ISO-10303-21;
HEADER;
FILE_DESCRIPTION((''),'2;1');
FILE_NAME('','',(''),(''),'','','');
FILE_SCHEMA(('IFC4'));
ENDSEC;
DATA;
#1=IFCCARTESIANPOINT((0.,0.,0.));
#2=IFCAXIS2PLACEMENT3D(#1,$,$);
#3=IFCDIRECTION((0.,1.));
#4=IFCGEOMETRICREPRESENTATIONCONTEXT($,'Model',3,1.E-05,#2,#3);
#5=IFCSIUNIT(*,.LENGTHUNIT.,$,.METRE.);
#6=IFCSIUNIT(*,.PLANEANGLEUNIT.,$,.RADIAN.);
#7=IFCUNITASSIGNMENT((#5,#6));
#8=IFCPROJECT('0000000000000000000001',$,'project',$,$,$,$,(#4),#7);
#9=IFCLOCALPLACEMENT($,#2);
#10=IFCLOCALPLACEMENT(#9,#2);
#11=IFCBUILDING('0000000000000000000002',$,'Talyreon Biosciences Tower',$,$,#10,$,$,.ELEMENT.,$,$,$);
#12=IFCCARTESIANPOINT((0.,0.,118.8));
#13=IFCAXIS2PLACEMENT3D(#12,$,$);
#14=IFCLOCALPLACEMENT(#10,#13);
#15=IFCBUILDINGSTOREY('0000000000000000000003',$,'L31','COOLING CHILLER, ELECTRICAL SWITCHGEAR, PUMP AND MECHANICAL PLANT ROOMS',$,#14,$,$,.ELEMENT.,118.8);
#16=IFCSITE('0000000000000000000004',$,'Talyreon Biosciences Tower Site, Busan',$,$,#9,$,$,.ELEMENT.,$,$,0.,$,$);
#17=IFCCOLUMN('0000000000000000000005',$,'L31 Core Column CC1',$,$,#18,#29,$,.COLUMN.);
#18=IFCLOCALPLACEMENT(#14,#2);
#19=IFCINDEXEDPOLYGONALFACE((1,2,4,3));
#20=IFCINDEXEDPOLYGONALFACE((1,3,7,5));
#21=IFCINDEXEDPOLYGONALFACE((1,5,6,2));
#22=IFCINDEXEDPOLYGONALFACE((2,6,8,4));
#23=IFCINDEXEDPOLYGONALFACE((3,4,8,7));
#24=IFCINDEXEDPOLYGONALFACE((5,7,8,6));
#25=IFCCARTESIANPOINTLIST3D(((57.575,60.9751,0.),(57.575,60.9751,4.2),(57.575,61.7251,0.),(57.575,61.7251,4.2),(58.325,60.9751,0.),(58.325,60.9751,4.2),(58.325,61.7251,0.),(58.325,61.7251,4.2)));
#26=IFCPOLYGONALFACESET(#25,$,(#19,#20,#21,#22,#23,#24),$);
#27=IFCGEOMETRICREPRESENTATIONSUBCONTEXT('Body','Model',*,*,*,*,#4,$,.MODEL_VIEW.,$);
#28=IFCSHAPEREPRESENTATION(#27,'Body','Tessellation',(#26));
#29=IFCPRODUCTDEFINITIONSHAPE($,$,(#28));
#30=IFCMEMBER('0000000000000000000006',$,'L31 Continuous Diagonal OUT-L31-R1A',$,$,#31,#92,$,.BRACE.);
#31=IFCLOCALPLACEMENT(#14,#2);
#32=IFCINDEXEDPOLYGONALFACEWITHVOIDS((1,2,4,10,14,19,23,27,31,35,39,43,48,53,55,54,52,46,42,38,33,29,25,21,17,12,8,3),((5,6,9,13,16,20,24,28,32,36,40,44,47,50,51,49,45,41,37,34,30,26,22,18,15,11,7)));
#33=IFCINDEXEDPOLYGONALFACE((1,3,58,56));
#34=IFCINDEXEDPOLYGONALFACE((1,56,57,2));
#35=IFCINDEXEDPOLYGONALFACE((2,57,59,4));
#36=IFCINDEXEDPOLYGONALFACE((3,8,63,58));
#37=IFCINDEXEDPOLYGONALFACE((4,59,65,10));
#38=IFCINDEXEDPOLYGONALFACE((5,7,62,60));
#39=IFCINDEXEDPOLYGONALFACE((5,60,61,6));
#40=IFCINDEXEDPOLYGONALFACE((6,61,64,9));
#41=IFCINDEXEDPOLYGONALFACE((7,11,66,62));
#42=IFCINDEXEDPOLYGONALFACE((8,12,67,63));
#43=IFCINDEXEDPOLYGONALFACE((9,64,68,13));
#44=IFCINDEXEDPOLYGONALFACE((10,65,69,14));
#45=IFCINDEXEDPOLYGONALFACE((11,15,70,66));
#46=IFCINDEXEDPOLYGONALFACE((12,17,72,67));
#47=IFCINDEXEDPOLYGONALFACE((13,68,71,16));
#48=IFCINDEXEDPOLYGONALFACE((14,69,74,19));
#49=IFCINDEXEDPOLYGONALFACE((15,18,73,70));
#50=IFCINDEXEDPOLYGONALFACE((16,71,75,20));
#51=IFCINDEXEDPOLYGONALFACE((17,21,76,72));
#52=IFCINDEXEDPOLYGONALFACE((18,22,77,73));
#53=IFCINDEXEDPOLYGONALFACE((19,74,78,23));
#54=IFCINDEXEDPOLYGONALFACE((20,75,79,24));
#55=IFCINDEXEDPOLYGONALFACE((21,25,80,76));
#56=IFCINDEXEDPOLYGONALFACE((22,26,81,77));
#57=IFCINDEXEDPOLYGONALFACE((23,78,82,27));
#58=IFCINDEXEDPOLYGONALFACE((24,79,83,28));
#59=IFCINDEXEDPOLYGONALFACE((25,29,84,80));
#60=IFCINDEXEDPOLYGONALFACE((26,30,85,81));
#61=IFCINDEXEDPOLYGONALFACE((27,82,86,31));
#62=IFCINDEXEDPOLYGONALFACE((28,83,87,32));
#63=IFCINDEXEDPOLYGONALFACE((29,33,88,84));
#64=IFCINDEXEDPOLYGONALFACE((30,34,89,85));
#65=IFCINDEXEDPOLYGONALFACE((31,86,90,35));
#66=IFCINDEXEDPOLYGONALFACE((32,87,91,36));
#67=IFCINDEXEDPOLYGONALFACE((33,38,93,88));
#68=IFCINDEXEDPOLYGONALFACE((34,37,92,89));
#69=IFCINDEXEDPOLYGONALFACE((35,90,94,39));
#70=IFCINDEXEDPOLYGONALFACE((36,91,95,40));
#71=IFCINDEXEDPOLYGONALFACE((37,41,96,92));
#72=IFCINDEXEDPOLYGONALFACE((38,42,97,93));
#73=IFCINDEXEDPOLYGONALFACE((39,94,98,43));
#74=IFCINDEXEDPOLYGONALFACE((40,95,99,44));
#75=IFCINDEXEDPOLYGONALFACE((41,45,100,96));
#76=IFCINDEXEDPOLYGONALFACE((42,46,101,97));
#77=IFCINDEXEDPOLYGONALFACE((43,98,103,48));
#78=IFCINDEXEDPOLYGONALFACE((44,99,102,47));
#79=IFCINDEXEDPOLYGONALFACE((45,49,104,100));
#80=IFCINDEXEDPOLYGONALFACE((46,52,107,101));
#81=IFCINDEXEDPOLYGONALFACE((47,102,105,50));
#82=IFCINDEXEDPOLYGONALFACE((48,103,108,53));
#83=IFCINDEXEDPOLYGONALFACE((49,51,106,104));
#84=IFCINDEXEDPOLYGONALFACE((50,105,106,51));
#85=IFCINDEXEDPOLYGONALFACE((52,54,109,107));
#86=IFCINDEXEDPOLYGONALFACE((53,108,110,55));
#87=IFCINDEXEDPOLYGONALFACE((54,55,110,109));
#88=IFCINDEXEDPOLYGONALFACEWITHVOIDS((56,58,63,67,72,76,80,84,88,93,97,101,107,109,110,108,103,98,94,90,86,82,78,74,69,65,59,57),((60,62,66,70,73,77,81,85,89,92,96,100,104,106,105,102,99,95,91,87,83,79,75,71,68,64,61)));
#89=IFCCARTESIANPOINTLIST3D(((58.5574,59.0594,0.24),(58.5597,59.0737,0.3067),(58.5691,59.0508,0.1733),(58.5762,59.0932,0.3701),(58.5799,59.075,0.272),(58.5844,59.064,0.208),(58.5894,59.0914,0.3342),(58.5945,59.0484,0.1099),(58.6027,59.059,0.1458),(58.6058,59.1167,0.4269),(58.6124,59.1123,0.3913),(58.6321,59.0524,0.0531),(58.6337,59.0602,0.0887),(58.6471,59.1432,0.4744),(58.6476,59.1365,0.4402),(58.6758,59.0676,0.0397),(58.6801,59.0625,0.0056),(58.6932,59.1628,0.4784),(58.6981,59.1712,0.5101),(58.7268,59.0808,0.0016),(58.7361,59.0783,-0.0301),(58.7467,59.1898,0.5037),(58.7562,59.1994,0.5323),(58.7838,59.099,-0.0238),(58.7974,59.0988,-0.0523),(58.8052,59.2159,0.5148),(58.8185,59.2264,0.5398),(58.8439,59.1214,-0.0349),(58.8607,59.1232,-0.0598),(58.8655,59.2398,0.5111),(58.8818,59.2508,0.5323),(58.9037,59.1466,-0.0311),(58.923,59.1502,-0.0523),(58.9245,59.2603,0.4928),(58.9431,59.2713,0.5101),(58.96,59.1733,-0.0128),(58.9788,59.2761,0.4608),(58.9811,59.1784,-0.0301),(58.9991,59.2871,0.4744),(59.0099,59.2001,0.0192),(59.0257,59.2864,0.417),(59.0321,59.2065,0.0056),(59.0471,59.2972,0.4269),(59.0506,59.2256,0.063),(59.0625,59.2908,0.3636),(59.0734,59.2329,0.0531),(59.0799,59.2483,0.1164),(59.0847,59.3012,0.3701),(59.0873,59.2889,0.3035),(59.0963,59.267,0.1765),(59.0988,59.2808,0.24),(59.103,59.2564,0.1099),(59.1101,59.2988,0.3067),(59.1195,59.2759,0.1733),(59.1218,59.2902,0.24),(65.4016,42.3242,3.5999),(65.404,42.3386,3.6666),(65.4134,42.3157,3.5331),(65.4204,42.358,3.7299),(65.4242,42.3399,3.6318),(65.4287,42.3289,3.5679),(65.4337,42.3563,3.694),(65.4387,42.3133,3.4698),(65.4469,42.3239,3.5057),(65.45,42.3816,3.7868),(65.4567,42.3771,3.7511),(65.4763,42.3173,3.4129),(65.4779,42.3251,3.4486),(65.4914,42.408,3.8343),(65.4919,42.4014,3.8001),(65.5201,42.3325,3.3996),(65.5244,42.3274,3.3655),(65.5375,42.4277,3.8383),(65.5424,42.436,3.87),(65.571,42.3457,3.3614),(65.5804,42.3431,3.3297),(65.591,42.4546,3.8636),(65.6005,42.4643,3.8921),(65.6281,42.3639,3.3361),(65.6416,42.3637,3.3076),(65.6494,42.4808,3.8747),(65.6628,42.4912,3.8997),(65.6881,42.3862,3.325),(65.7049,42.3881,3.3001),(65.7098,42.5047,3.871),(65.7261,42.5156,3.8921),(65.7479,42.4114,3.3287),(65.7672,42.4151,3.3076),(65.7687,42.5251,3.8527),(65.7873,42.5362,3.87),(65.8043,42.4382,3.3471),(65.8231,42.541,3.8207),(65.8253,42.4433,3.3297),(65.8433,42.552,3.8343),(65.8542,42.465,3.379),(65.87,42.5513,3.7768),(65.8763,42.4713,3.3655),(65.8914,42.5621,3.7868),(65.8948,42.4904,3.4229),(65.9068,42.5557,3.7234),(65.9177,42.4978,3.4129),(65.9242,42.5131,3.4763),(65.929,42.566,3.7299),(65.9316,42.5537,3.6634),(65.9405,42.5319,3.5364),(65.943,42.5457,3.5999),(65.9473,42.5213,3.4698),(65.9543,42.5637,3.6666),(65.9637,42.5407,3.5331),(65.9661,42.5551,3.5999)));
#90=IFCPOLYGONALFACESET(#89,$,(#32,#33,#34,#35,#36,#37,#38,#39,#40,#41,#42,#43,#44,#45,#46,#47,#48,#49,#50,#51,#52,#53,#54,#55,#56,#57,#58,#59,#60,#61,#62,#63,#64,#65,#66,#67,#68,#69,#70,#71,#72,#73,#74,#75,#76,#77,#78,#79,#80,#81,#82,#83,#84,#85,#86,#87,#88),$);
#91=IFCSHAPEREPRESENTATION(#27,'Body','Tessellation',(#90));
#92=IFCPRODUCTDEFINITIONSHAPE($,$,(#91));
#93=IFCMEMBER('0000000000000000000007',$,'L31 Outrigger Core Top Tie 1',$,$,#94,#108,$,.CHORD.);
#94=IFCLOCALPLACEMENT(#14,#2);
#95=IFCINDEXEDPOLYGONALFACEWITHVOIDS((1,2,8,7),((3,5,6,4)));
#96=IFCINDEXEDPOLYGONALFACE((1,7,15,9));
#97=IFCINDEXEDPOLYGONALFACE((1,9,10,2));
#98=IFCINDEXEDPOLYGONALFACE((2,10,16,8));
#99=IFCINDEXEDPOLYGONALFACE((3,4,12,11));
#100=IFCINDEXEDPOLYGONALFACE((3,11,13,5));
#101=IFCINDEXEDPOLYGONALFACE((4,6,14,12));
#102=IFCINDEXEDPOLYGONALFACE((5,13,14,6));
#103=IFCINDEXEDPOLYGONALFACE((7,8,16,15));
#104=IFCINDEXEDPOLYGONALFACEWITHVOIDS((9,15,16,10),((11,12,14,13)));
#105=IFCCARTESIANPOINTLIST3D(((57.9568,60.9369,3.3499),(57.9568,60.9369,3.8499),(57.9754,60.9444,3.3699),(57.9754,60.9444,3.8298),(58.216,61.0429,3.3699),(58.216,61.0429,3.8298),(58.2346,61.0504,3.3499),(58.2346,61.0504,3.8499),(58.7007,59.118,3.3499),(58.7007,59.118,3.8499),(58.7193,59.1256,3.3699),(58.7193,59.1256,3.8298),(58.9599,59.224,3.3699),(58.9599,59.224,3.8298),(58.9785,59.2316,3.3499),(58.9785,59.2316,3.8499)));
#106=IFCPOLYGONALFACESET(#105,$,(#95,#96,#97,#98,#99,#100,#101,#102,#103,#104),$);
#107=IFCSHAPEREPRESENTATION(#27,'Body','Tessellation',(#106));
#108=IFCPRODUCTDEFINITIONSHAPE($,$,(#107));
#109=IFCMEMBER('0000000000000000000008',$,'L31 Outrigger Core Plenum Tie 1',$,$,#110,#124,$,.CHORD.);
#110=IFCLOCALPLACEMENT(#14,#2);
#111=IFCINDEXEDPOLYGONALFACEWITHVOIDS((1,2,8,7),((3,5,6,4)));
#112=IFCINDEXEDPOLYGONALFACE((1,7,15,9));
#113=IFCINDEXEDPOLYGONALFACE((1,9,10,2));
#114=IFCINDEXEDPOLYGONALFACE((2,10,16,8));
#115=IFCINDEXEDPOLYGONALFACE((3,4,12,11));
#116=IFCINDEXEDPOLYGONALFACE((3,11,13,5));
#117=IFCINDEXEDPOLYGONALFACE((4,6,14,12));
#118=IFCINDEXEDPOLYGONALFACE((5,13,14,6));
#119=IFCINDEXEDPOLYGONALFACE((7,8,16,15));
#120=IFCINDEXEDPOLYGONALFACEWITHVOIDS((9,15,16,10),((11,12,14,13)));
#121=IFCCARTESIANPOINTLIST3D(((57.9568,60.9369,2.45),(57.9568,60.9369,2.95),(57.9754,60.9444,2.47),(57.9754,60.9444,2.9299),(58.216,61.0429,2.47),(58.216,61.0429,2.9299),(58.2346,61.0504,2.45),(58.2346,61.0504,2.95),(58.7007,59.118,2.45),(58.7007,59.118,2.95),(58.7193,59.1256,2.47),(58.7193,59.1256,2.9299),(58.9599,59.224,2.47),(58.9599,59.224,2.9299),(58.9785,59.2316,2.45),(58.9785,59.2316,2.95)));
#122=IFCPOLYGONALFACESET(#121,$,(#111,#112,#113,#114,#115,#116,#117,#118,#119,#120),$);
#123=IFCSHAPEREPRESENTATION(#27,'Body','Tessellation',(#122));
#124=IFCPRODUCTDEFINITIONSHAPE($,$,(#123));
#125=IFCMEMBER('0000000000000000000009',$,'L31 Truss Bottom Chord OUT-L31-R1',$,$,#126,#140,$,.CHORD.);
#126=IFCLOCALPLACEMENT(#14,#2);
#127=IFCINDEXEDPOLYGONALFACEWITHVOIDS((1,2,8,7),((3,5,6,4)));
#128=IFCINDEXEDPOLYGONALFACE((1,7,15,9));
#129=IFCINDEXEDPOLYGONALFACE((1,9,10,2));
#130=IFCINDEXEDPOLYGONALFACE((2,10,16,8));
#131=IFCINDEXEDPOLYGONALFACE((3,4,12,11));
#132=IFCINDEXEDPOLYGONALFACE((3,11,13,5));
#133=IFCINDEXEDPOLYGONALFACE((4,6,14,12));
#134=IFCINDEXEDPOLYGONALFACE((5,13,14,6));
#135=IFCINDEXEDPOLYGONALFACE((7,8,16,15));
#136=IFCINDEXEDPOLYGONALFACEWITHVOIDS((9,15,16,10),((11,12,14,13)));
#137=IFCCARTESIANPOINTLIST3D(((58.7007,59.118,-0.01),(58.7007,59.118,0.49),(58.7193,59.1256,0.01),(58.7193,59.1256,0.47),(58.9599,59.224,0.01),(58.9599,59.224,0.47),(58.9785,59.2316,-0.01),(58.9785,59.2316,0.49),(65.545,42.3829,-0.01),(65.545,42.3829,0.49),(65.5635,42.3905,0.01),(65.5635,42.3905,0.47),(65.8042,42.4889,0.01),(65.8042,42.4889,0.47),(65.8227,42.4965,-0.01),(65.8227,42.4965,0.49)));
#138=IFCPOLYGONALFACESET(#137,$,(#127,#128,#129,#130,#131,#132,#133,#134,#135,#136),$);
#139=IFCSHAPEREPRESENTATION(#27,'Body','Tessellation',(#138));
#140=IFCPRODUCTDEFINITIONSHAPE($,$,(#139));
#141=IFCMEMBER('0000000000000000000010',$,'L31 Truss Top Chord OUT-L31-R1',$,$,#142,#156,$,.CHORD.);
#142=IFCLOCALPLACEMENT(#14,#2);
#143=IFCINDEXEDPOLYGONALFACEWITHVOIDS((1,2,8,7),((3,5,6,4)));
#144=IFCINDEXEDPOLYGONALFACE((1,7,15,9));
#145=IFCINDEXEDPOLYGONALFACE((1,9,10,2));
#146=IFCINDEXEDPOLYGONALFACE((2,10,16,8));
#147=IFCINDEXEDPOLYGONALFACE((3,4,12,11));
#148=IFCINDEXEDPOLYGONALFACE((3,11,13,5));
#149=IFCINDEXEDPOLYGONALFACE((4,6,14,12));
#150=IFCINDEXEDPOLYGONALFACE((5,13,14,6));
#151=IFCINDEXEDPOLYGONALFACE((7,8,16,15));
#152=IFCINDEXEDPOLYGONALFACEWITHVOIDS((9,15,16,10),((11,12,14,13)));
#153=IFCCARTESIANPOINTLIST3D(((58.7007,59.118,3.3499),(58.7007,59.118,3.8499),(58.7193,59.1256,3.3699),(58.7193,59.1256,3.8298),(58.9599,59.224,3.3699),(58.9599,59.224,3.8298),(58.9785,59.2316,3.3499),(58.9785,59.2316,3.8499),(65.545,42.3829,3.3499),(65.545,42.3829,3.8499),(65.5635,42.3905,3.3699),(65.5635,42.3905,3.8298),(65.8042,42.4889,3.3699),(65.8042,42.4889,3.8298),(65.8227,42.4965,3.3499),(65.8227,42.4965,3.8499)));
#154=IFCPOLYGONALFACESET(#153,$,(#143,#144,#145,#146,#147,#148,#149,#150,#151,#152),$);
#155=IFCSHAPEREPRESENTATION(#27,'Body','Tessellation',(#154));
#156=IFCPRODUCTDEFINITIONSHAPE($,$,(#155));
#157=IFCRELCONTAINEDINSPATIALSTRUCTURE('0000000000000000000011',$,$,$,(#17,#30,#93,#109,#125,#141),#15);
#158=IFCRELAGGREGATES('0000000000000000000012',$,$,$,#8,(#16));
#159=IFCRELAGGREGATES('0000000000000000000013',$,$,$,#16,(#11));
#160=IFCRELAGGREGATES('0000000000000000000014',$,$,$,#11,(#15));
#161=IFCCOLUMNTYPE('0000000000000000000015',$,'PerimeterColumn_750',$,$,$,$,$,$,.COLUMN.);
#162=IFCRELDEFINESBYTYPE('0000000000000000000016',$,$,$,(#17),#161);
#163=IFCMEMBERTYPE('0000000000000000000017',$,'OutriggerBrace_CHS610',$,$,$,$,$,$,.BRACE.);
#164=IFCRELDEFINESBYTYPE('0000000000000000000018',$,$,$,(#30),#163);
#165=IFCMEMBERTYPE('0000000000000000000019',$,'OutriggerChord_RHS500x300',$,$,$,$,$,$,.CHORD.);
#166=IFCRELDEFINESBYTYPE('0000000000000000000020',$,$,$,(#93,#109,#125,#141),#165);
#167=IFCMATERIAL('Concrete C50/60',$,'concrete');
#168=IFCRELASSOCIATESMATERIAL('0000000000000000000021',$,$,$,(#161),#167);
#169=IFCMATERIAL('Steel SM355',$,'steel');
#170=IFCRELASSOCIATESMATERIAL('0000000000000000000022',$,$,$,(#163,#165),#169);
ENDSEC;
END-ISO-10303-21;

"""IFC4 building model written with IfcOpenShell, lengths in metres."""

from ifc_helpers import new_model, si_unit, direction, frame, origin, origin_2d, place, context, subcontext, project, spatial, rectangle, hollow_rectangle, hollow_circle, extrude, material, material_profile, profile_set, type_object, element, save


model = new_model("IFC4")

# Units and contexts
model_context = context("Model", 3, precision=1e-05, world=origin(), true_north=direction((0.0, 1.0)))
body_context = subcontext(model_context, "Body", "Model", "MODEL_VIEW")
ifc_project = project(units=[si_unit("LENGTHUNIT", "METRE"), si_unit("PLANEANGLEUNIT", "RADIAN")], contexts=[model_context])

# Site, building, storey
site_placement = place(None, origin())
site = spatial("IfcSite", under=ifc_project, at=site_placement, Name="Talyreon Biosciences Tower Site, Busan", CompositionType="ELEMENT", RefElevation=0.0)
building_placement = place(site_placement, origin())
building = spatial("IfcBuilding", under=site, at=building_placement, Name="Talyreon Biosciences Tower", CompositionType="ELEMENT")
storey_placement = place(building_placement, frame((0.0, 0.0, 118.8)))
storey = spatial("IfcBuildingStorey", under=building, at=storey_placement, Name="L31", Description="COOLING CHILLER, ELECTRICAL SWITCHGEAR, PUMP AND MECHANICAL PLANT ROOMS", CompositionType="ELEMENT", Elevation=118.8)

# Column
ifc_material_1 = material(Name="Concrete C50/60", Category="concrete")
ifc_material_profile_1 = material_profile(ifc_material_1, rectangle(XDim=0.75, YDim=0.75, at=origin_2d()), Name="RC 750x750")
ifc_profile_set_1 = profile_set([ifc_material_profile_1], Name="Concrete C50/60")
column_type = type_object("IfcColumnType", Name="PerimeterColumn_750", PredefinedType="COLUMN", material=ifc_profile_set_1)
column_placement = place(storey_placement, frame((57.95, 61.3501, 0.0), z_axis=(0.0, 0.0, 1.0), x_axis=(1.0, 0.0, 0.0)))
element("IfcColumn", 1, at=column_placement, inside=storey, type_object=column_type, Name="L31 Core Column CC1", PredefinedType="COLUMN", context=body_context, shape_type="SweptSolid", body=[
    extrude(rectangle(XDim=0.75, YDim=0.75, at=origin_2d()), origin(), (0.0, 0.0, 1.0), 4.2),
])

# Members
ifc_material_2 = material(Name="Steel SM355", Category="steel")
ifc_material_profile_2 = material_profile(ifc_material_2, hollow_circle(Radius=0.3049, WallThickness=0.0249, at=origin_2d()), Name="CHS 610x25")
ifc_profile_set_2 = profile_set([ifc_material_profile_2], Name="Steel SM355")
member_type_1 = type_object("IfcMemberType", Name="OutriggerBrace_CHS610", PredefinedType="BRACE", material=ifc_profile_set_2)
member_placement = place(storey_placement, frame((58.8396, 59.1748, 0.24), z_axis=(0.37217, -0.910006, 0.182699), x_axis=(0.925585, 0.378541, 0.0)))
element("IfcMember", 2, at=member_placement, inside=storey, type_object=member_type_1, Name="L31 Continuous Diagonal OUT-L31-R1A", PredefinedType="BRACE", context=body_context, shape_type="SweptSolid", body=[
    extrude(hollow_circle(Radius=0.3049, WallThickness=0.0249, at=origin_2d()), origin(), (0.0, 0.0, 1.0), 18.3901),
])
ifc_material_profile_3 = material_profile(ifc_material_2, hollow_rectangle(XDim=0.3, YDim=0.5, WallThickness=0.02, at=origin_2d()), Name="RHS 500x300x20")
ifc_profile_set_3 = profile_set([ifc_material_profile_3], Name="Steel SM355")
member_type_2 = type_object("IfcMemberType", Name="OutriggerChord_RHS500x300", PredefinedType="CHORD", material=ifc_profile_set_3)
for number, where, z_axis, x_axis, name in (
    (3, (58.0957, 60.9937, 3.5999), (0.378555, -0.925579, 0.0), (0.925579, 0.378555, 0.0), "L31 Outrigger Core Top Tie 1"),
    (4, (58.0957, 60.9937, 2.7), (0.378555, -0.925579, 0.0), (0.925579, 0.378555, 0.0), "L31 Outrigger Core Plenum Tie 1"),
):
    element("IfcMember", number, at=place(storey_placement, frame(where, z_axis=z_axis, x_axis=x_axis)), inside=storey, type_object=member_type_2, Name=name, PredefinedType="CHORD", context=body_context, shape_type="SweptSolid", body=[
        extrude(hollow_rectangle(XDim=0.3, YDim=0.5, WallThickness=0.02, at=origin_2d()), origin(), (0.0, 0.0, 1.0), 1.9651),
    ])
for number, where, z_axis, x_axis, name in (
    (5, (58.8396, 59.1748, 0.24), (0.378541, -0.925585, 0.0), (0.925585, 0.378541, 0.0), "L31 Truss Bottom Chord OUT-L31-R1"),
    (6, (58.8396, 59.1748, 3.5999), (0.378541, -0.925585, 0.0), (0.925585, 0.378541, 0.0), "L31 Truss Top Chord OUT-L31-R1"),
):
    element("IfcMember", number, at=place(storey_placement, frame(where, z_axis=z_axis, x_axis=x_axis)), inside=storey, type_object=member_type_2, Name=name, PredefinedType="CHORD", context=body_context, shape_type="SweptSolid", body=[
        extrude(hollow_rectangle(XDim=0.3, YDim=0.5, WallThickness=0.02, at=origin_2d()), origin(), (0.0, 0.0, 1.0), 18.0806),
    ])

save(model, "model.ifc")
